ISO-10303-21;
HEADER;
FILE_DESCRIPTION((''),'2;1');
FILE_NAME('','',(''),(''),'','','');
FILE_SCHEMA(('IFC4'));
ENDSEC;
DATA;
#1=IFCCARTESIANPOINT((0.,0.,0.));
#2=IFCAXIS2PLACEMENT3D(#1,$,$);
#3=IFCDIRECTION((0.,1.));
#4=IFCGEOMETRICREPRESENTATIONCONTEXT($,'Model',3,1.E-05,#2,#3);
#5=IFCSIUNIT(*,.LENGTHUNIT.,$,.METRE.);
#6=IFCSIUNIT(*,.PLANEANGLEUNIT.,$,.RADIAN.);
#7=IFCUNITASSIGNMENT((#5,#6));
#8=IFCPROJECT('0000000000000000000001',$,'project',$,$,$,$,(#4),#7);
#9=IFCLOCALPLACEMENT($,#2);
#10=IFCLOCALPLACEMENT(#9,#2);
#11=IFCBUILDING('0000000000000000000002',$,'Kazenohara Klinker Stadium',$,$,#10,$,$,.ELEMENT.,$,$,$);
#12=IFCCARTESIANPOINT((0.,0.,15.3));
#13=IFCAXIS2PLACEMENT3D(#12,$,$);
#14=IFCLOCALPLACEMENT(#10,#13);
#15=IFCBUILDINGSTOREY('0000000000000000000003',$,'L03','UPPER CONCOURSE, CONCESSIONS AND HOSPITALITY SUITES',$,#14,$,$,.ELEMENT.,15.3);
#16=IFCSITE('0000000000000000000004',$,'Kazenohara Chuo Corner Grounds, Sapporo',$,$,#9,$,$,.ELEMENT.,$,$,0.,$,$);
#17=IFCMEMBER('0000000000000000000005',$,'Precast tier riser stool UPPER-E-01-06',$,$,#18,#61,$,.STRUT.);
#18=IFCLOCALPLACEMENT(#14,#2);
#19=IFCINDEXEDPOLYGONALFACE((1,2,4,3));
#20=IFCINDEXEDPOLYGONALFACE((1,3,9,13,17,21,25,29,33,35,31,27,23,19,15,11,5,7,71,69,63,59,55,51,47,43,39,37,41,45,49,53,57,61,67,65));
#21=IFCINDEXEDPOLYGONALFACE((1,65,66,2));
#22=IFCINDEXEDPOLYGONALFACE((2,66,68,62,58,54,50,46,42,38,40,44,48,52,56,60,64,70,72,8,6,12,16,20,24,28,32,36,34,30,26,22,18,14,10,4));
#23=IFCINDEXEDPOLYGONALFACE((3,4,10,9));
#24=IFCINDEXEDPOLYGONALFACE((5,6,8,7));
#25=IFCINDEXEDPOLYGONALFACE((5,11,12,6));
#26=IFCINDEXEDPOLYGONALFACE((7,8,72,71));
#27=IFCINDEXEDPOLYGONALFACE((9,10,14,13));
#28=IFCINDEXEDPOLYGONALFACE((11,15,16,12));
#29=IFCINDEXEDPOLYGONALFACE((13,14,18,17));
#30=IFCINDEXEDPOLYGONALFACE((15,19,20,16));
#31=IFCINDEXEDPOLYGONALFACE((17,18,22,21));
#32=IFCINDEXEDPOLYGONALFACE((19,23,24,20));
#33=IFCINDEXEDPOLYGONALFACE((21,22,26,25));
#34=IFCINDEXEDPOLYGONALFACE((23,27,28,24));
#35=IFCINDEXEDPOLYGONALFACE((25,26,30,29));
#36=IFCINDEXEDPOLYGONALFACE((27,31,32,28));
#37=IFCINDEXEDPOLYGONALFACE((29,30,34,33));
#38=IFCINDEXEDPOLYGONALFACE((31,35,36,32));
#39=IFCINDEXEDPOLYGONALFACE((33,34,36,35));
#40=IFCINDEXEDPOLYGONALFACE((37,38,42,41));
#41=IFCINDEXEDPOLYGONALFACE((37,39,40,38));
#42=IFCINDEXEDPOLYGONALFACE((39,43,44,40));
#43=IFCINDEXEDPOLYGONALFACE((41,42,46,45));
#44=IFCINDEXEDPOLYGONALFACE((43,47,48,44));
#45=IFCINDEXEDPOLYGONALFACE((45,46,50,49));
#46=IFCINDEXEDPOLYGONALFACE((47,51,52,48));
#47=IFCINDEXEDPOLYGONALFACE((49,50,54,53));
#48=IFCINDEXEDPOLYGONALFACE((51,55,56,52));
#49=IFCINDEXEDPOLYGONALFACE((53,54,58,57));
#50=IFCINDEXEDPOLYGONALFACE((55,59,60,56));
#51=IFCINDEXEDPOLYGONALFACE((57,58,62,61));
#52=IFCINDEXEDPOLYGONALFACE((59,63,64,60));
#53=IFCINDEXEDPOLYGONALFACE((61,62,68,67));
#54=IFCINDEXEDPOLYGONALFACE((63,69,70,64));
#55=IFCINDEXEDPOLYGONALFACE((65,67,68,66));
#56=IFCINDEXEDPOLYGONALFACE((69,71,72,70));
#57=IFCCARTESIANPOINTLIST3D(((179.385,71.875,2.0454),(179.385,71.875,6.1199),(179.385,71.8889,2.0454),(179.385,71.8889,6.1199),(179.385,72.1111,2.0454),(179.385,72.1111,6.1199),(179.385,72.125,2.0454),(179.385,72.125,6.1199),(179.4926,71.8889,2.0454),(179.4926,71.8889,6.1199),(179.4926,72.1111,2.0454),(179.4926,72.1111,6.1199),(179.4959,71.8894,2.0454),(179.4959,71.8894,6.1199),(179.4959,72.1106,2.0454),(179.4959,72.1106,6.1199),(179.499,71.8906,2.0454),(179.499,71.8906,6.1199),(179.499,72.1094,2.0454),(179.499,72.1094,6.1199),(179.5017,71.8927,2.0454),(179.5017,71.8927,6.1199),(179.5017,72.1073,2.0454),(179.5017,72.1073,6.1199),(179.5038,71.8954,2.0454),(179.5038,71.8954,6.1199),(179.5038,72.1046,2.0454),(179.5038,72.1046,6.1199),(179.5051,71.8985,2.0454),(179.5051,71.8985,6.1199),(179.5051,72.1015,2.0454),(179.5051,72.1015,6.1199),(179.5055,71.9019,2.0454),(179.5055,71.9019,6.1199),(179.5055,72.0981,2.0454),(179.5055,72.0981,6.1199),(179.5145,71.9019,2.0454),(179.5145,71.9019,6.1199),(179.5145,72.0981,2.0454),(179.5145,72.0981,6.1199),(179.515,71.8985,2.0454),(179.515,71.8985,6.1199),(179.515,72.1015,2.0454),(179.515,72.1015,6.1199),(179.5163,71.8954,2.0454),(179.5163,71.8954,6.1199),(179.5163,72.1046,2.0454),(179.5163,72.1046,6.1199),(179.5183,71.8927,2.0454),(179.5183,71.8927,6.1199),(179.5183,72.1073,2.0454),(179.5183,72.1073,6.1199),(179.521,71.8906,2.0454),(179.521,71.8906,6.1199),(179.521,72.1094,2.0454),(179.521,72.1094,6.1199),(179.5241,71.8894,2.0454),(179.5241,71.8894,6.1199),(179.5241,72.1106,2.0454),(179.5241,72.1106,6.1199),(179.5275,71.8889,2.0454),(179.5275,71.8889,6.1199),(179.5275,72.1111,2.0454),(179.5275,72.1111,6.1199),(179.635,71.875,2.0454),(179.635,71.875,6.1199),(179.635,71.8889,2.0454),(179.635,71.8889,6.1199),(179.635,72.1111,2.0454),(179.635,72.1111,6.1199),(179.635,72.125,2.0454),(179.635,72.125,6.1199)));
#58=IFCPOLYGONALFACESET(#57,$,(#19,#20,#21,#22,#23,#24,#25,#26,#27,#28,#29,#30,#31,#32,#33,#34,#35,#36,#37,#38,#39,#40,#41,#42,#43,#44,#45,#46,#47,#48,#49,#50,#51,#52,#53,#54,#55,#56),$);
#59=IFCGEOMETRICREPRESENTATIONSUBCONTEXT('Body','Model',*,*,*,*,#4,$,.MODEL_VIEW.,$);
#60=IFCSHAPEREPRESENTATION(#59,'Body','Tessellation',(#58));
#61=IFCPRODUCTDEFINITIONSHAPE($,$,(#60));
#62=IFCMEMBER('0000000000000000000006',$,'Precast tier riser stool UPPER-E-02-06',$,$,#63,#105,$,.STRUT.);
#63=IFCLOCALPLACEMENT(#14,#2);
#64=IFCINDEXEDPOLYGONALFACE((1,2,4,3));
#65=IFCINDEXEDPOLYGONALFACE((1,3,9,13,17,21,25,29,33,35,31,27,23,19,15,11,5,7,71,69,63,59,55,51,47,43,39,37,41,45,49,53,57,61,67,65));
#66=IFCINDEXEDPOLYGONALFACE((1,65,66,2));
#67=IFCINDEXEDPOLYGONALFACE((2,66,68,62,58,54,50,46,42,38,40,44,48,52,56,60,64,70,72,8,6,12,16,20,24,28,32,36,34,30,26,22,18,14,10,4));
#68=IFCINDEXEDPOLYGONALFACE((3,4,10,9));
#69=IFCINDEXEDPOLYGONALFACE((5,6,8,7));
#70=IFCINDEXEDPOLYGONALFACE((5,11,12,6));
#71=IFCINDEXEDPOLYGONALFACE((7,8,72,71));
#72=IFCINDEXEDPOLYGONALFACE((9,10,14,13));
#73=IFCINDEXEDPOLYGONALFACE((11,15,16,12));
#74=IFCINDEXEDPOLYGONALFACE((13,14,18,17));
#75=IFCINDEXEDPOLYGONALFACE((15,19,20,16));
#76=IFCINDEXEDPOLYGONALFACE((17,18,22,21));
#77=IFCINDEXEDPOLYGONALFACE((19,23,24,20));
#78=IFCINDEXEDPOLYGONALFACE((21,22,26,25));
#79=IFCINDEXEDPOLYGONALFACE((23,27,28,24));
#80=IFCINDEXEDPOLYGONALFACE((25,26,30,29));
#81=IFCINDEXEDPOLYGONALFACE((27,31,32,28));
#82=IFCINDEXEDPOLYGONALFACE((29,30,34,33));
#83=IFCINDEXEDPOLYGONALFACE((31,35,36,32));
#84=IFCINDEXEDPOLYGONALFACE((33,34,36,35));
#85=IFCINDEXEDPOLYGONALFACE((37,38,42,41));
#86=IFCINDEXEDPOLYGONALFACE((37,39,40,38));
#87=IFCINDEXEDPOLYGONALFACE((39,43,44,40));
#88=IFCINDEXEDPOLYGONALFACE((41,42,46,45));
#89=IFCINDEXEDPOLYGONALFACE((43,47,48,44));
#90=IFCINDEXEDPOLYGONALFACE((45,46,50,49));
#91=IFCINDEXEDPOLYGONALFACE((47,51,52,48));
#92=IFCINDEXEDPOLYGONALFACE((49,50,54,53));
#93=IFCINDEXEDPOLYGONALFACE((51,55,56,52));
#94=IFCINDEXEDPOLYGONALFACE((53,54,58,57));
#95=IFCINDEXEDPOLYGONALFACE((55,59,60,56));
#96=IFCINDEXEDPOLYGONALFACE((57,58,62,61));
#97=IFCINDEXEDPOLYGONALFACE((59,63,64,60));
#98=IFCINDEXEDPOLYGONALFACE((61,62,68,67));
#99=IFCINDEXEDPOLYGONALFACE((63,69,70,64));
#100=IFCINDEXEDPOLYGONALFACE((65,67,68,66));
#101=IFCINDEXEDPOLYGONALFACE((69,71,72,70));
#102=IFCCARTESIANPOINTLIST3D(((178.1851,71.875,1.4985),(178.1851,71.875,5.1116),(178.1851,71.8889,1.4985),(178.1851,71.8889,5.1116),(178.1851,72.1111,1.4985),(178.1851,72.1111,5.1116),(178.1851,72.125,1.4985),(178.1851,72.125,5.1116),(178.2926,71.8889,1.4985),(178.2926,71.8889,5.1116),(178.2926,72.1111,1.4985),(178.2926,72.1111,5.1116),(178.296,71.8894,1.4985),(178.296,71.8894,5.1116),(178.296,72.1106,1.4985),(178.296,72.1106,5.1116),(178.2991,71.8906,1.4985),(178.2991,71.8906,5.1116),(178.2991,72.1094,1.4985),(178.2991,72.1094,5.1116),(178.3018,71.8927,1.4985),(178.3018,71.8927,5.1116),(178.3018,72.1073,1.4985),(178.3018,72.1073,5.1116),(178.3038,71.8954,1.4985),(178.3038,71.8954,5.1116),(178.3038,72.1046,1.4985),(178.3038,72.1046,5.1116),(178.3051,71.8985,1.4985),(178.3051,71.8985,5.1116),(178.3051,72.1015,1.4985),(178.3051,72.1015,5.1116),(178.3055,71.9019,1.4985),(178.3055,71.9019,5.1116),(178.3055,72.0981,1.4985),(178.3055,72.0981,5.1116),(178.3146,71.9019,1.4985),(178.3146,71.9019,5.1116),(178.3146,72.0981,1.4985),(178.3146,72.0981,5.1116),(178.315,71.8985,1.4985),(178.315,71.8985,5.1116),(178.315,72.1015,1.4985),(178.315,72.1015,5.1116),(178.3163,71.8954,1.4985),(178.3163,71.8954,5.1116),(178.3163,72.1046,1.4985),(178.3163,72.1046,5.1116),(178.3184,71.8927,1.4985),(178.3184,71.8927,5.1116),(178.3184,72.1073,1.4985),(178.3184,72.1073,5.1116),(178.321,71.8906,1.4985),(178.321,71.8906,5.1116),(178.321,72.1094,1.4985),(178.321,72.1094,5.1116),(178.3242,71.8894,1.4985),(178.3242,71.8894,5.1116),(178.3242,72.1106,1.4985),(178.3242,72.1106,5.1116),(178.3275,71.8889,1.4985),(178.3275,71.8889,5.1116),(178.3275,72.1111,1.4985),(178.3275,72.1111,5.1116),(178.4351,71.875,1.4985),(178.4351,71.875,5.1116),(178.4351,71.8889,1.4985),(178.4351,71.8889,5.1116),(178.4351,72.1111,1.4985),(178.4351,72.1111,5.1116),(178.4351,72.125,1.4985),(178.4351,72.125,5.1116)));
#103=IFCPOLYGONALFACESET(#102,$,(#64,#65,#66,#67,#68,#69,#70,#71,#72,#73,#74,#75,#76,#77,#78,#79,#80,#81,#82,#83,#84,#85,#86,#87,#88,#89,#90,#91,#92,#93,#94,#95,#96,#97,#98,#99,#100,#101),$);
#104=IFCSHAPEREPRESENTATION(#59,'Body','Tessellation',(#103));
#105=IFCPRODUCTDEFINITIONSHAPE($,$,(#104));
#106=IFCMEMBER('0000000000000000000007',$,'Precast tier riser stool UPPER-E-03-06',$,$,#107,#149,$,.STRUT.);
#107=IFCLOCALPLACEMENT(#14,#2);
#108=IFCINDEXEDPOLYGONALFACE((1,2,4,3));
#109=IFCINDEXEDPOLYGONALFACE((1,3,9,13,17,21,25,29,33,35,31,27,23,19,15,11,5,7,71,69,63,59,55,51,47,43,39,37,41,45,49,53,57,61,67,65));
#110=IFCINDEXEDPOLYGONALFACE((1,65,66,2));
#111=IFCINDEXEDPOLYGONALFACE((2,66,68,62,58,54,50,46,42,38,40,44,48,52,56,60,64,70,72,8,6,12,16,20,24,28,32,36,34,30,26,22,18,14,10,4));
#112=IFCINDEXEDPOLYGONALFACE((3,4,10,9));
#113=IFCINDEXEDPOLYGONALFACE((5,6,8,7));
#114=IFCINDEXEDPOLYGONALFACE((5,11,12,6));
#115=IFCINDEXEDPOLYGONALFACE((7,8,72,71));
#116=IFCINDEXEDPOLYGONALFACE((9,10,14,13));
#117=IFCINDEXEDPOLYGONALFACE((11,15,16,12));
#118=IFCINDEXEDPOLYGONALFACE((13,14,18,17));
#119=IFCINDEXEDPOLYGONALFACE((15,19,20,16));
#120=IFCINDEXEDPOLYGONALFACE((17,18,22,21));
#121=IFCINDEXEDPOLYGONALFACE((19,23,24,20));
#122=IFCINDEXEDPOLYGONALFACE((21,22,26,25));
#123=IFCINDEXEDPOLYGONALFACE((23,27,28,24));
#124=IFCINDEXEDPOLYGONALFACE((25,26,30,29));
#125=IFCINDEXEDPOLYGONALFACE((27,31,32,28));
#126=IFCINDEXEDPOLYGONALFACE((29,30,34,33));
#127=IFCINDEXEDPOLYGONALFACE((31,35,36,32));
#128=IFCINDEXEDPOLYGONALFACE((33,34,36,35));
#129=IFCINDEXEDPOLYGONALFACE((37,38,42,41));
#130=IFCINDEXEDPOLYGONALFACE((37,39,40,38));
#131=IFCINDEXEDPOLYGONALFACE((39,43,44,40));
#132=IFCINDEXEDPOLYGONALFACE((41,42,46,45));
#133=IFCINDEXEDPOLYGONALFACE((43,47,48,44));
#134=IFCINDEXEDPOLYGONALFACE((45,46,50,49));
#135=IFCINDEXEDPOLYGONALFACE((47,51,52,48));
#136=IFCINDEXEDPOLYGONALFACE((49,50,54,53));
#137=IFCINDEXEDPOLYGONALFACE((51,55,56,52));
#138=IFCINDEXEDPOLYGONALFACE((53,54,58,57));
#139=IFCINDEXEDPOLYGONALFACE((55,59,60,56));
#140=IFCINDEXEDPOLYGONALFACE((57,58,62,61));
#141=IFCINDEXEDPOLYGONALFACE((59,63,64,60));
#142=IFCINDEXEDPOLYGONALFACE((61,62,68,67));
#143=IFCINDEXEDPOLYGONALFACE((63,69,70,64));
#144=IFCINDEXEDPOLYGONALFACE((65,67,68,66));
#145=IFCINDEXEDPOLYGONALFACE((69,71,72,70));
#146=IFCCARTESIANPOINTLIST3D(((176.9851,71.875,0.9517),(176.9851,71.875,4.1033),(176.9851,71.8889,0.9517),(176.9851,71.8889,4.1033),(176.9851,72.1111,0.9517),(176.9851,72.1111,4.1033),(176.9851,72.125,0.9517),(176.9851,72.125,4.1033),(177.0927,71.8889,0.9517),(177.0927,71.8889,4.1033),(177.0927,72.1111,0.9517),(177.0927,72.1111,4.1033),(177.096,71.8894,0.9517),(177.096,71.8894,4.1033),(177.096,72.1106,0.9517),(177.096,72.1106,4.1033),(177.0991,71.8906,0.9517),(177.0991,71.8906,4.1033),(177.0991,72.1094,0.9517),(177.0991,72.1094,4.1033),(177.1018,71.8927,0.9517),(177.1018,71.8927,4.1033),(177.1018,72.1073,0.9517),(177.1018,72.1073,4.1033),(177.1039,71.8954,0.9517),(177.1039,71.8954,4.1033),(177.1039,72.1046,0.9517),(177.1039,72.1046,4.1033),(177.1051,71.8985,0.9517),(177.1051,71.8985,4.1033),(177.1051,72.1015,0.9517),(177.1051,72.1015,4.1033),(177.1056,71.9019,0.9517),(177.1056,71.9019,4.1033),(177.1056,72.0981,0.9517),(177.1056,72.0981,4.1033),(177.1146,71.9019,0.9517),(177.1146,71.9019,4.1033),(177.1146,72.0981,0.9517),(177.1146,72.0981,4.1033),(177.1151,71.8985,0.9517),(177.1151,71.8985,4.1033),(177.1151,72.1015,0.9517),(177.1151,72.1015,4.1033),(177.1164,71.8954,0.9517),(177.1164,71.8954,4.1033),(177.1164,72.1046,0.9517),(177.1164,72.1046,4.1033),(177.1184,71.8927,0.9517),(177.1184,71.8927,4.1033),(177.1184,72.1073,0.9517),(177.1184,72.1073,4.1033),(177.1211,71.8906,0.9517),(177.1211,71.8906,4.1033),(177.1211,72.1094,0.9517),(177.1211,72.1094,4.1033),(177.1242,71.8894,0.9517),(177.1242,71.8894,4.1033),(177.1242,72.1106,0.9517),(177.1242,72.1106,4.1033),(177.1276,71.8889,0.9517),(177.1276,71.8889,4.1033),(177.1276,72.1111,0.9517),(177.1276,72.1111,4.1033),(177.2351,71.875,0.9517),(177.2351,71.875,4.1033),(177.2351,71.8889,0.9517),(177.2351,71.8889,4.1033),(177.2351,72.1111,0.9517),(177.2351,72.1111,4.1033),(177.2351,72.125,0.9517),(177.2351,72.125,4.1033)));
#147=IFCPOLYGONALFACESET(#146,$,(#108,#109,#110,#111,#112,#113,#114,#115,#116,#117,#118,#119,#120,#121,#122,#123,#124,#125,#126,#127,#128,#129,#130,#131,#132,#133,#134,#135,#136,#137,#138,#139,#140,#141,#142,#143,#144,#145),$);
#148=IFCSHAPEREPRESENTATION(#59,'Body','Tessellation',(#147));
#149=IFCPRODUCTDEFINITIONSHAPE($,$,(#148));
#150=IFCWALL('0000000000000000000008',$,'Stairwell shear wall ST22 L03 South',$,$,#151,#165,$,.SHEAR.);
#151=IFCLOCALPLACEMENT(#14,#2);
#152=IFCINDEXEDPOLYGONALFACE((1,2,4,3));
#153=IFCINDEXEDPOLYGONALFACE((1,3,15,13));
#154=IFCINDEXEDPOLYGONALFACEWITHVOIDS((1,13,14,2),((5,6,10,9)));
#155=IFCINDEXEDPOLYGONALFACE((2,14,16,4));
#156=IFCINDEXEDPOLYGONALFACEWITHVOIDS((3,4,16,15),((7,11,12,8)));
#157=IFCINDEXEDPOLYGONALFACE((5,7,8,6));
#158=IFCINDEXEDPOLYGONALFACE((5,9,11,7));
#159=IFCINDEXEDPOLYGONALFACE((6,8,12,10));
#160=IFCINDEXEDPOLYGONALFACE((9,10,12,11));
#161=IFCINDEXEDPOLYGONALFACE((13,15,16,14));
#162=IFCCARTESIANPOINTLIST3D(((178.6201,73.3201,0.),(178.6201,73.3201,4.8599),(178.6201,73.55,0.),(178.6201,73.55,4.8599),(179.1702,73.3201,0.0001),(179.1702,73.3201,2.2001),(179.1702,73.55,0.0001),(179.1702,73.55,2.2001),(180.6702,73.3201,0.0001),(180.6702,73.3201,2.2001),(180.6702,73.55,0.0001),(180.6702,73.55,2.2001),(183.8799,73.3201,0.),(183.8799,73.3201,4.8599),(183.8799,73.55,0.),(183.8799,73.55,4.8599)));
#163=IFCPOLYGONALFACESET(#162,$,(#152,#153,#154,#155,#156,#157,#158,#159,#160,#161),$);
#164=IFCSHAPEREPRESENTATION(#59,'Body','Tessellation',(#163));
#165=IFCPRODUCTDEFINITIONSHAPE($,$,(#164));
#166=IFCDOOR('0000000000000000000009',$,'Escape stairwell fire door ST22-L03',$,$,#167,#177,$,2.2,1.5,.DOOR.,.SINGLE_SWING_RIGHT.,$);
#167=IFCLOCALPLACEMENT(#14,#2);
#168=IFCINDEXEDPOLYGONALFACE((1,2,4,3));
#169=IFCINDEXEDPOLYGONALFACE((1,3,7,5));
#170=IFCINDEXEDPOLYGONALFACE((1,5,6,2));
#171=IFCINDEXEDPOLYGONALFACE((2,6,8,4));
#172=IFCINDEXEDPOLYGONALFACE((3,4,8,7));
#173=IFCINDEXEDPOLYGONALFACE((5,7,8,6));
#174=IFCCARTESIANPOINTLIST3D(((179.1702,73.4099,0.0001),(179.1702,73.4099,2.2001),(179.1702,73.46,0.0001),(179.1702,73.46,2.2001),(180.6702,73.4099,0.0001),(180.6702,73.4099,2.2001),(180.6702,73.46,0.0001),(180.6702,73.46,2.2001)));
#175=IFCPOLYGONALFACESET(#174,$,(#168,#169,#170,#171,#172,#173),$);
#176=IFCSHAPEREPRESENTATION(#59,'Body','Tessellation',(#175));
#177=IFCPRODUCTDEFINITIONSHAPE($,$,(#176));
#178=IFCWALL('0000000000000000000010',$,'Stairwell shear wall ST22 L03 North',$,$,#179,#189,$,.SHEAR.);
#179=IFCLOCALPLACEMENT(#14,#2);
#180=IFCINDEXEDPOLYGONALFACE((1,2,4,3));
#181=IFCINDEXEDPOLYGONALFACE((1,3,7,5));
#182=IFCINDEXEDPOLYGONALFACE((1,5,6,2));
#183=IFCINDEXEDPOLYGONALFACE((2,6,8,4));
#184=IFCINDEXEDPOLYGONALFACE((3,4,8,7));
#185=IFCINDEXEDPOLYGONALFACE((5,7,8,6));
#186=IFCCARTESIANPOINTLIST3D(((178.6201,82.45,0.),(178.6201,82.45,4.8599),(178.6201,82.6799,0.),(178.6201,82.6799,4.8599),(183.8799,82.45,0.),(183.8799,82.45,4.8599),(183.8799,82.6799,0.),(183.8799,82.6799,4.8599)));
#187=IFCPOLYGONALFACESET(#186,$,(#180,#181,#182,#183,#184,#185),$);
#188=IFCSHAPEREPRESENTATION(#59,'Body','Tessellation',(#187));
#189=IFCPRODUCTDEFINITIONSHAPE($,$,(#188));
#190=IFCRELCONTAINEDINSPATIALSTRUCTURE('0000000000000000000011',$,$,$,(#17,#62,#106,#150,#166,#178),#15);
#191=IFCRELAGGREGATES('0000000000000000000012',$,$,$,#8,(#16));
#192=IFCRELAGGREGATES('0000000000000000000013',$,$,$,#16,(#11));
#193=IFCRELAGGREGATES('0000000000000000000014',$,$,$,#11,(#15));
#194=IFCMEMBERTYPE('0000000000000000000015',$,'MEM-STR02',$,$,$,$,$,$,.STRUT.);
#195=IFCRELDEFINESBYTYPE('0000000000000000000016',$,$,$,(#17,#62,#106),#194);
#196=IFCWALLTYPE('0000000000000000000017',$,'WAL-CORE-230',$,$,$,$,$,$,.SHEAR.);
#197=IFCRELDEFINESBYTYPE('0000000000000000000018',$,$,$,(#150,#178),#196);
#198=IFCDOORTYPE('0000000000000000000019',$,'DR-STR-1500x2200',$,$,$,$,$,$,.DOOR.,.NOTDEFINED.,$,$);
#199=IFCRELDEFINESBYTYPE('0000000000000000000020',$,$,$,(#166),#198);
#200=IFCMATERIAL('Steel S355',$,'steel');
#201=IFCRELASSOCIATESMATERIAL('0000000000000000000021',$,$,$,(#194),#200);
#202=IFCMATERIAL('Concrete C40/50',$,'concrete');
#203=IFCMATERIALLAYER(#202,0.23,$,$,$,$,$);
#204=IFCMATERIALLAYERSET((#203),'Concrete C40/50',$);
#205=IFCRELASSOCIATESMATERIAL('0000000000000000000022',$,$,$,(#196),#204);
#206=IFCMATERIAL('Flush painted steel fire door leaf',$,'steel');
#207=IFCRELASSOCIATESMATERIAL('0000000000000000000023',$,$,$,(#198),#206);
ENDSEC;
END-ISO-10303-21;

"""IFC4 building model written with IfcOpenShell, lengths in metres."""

from ifc_helpers import new_model, si_unit, direction, frame, frame_2d, origin, origin_2d, place, context, subcontext, project, spatial, rectangle, i_section, extrude, material, layer, layer_set, material_profile, profile_set, type_object, element, fill, save


model = new_model("IFC4")

# Units and contexts
model_context = context("Model", 3, precision=1e-05, world=origin(), true_north=direction((0.0, 1.0)))
body_context = subcontext(model_context, "Body", "Model", "MODEL_VIEW")
ifc_project = project(units=[si_unit("LENGTHUNIT", "METRE"), si_unit("PLANEANGLEUNIT", "RADIAN")], contexts=[model_context])

# Site, building, storey
site_placement = place(None, origin())
site = spatial("IfcSite", under=ifc_project, at=site_placement, Name="Kazenohara Chuo Corner Grounds, Sapporo", CompositionType="ELEMENT", RefElevation=0.0)
building_placement = place(site_placement, origin())
building = spatial("IfcBuilding", under=site, at=building_placement, Name="Kazenohara Klinker Stadium", CompositionType="ELEMENT")
storey_placement = place(building_placement, frame((0.0, 0.0, 15.3)))
storey = spatial("IfcBuildingStorey", under=building, at=storey_placement, Name="L03", Description="UPPER CONCOURSE, CONCESSIONS AND HOSPITALITY SUITES", CompositionType="ELEMENT", Elevation=15.3)

# Shared definitions
ifc_material_1 = material(Name="Concrete C40/50", Category="concrete")

# Shared definitions
ifc_material_2 = material(Name="Steel S355", Category="steel")

# Members
ifc_material_profile_1 = material_profile(ifc_material_2, i_section(OverallWidth=0.25, OverallDepth=0.25, WebThickness=0.009, FlangeThickness=0.0139, FilletRadius=0.0129, at=origin_2d()), Name="H-250x250x9x14")
ifc_profile_set_1 = profile_set([ifc_material_profile_1], Name="Steel S355")
member_type = type_object("IfcMemberType", Name="MEM-STR02", PredefinedType="STRUT", material=ifc_profile_set_1)
member_1_placement = place(storey_placement, frame((179.51, 72.0, 2.0454), z_axis=(0.0, 0.0, 1.0), x_axis=(1.0, 0.0, 0.0)))
element("IfcMember", 1, at=member_1_placement, inside=storey, type_object=member_type, Name="Precast tier riser stool UPPER-E-01-06", PredefinedType="STRUT", context=body_context, shape_type="SweptSolid", body=[
    extrude(i_section(OverallWidth=0.25, OverallDepth=0.25, WebThickness=0.009, FlangeThickness=0.0139, FilletRadius=0.0129, at=origin_2d()), origin(), (0.0, 0.0, 1.0), 4.0745),
])
member_2_placement = place(storey_placement, frame((178.3101, 72.0, 1.4985), z_axis=(0.0, 0.0, 1.0), x_axis=(1.0, 0.0, 0.0)))
element("IfcMember", 2, at=member_2_placement, inside=storey, type_object=member_type, Name="Precast tier riser stool UPPER-E-02-06", PredefinedType="STRUT", context=body_context, shape_type="SweptSolid", body=[
    extrude(i_section(OverallWidth=0.25, OverallDepth=0.25, WebThickness=0.009, FlangeThickness=0.0139, FilletRadius=0.0129, at=origin_2d()), origin(), (0.0, 0.0, 1.0), 3.613),
])
member_3_placement = place(storey_placement, frame((177.1101, 72.0, 0.9517), z_axis=(0.0, 0.0, 1.0), x_axis=(1.0, 0.0, 0.0)))
element("IfcMember", 3, at=member_3_placement, inside=storey, type_object=member_type, Name="Precast tier riser stool UPPER-E-03-06", PredefinedType="STRUT", context=body_context, shape_type="SweptSolid", body=[
    extrude(i_section(OverallWidth=0.25, OverallDepth=0.25, WebThickness=0.009, FlangeThickness=0.0139, FilletRadius=0.0129, at=origin_2d()), origin(), (0.0, 0.0, 1.0), 3.1516),
])

# Wall, opening, door
ifc_layer_1 = layer(ifc_material_1, 0.23)
ifc_layer_set_1 = layer_set([ifc_layer_1], Name="Concrete C40/50")
wall_type_1 = type_object("IfcWallType", Name="WAL-CORE-230", PredefinedType="SHEAR", material=ifc_layer_set_1)
wall_1_placement = place(storey_placement, frame((178.6201, 73.4351, 0.0), z_axis=(0.0, 0.0, 1.0), x_axis=(1.0, 0.0, 0.0)))
wall_1 = element("IfcWall", 4, at=wall_1_placement, inside=storey, type_object=wall_type_1, Name="Stairwell shear wall ST22 L03 South", PredefinedType="SHEAR", context=body_context, shape_type="SweptSolid", body=[
    extrude(rectangle(XDim=5.2598, YDim=0.23, at=frame_2d((2.6299, 0.0))), origin(), (0.0, 0.0, 1.0), 4.8599),
])
opening_1_placement = place(wall_1_placement, frame((0.55, 0.0, 0.0)))
opening_1 = element("IfcOpeningElement", 5, at=opening_1_placement, cuts=wall_1, PredefinedType="OPENING", context=body_context, shape_type="SweptSolid", body=[
    extrude(rectangle(XDim=1.5, YDim=2.2, at=frame_2d((0.75, 1.1001))), frame((0.0, 0.125, 0.0), z_axis=(0.0, -1.0, 0.0), x_axis=(1.0, 0.0, 0.0)), (0.0, 0.0, 1.0), 0.25),
])
ifc_material_3 = material(Name="Flush painted steel fire door leaf", Category="steel")
door_type_1 = type_object("IfcDoorType", Name="DR-STR-1500x2200", OperationType="NOTDEFINED", PredefinedType="DOOR", material=ifc_material_3)
door_1_placement = place(opening_1_placement, origin())
door_1 = element("IfcDoor", 6, at=door_1_placement, inside=storey, type_object=door_type_1, Name="Escape stairwell fire door ST22-L03", OperationType="SINGLE_SWING_RIGHT", OverallHeight=2.2, OverallWidth=1.5, PredefinedType="DOOR", context=body_context, shape_type="SweptSolid", body=[
    extrude(rectangle(XDim=1.5, YDim=2.2, at=frame_2d((0.75, 1.1001))), frame((0.0, 0.0249, 0.0), z_axis=(0.0, -1.0, 0.0), x_axis=(1.0, 0.0, 0.0)), (0.0, 0.0, 1.0), 0.05),
])
fill(opening_1, door_1)

# Wall
wall_2_placement = place(storey_placement, frame((178.6201, 82.5649, 0.0), z_axis=(0.0, 0.0, 1.0), x_axis=(1.0, 0.0, 0.0)))
element("IfcWall", 7, at=wall_2_placement, inside=storey, type_object=wall_type_1, Name="Stairwell shear wall ST22 L03 North", PredefinedType="SHEAR", context=body_context, shape_type="SweptSolid", body=[
    extrude(rectangle(XDim=5.2598, YDim=0.23, at=frame_2d((2.6299, 0.0))), origin(), (0.0, 0.0, 1.0), 4.8599),
])

save(model, "model.ifc")
